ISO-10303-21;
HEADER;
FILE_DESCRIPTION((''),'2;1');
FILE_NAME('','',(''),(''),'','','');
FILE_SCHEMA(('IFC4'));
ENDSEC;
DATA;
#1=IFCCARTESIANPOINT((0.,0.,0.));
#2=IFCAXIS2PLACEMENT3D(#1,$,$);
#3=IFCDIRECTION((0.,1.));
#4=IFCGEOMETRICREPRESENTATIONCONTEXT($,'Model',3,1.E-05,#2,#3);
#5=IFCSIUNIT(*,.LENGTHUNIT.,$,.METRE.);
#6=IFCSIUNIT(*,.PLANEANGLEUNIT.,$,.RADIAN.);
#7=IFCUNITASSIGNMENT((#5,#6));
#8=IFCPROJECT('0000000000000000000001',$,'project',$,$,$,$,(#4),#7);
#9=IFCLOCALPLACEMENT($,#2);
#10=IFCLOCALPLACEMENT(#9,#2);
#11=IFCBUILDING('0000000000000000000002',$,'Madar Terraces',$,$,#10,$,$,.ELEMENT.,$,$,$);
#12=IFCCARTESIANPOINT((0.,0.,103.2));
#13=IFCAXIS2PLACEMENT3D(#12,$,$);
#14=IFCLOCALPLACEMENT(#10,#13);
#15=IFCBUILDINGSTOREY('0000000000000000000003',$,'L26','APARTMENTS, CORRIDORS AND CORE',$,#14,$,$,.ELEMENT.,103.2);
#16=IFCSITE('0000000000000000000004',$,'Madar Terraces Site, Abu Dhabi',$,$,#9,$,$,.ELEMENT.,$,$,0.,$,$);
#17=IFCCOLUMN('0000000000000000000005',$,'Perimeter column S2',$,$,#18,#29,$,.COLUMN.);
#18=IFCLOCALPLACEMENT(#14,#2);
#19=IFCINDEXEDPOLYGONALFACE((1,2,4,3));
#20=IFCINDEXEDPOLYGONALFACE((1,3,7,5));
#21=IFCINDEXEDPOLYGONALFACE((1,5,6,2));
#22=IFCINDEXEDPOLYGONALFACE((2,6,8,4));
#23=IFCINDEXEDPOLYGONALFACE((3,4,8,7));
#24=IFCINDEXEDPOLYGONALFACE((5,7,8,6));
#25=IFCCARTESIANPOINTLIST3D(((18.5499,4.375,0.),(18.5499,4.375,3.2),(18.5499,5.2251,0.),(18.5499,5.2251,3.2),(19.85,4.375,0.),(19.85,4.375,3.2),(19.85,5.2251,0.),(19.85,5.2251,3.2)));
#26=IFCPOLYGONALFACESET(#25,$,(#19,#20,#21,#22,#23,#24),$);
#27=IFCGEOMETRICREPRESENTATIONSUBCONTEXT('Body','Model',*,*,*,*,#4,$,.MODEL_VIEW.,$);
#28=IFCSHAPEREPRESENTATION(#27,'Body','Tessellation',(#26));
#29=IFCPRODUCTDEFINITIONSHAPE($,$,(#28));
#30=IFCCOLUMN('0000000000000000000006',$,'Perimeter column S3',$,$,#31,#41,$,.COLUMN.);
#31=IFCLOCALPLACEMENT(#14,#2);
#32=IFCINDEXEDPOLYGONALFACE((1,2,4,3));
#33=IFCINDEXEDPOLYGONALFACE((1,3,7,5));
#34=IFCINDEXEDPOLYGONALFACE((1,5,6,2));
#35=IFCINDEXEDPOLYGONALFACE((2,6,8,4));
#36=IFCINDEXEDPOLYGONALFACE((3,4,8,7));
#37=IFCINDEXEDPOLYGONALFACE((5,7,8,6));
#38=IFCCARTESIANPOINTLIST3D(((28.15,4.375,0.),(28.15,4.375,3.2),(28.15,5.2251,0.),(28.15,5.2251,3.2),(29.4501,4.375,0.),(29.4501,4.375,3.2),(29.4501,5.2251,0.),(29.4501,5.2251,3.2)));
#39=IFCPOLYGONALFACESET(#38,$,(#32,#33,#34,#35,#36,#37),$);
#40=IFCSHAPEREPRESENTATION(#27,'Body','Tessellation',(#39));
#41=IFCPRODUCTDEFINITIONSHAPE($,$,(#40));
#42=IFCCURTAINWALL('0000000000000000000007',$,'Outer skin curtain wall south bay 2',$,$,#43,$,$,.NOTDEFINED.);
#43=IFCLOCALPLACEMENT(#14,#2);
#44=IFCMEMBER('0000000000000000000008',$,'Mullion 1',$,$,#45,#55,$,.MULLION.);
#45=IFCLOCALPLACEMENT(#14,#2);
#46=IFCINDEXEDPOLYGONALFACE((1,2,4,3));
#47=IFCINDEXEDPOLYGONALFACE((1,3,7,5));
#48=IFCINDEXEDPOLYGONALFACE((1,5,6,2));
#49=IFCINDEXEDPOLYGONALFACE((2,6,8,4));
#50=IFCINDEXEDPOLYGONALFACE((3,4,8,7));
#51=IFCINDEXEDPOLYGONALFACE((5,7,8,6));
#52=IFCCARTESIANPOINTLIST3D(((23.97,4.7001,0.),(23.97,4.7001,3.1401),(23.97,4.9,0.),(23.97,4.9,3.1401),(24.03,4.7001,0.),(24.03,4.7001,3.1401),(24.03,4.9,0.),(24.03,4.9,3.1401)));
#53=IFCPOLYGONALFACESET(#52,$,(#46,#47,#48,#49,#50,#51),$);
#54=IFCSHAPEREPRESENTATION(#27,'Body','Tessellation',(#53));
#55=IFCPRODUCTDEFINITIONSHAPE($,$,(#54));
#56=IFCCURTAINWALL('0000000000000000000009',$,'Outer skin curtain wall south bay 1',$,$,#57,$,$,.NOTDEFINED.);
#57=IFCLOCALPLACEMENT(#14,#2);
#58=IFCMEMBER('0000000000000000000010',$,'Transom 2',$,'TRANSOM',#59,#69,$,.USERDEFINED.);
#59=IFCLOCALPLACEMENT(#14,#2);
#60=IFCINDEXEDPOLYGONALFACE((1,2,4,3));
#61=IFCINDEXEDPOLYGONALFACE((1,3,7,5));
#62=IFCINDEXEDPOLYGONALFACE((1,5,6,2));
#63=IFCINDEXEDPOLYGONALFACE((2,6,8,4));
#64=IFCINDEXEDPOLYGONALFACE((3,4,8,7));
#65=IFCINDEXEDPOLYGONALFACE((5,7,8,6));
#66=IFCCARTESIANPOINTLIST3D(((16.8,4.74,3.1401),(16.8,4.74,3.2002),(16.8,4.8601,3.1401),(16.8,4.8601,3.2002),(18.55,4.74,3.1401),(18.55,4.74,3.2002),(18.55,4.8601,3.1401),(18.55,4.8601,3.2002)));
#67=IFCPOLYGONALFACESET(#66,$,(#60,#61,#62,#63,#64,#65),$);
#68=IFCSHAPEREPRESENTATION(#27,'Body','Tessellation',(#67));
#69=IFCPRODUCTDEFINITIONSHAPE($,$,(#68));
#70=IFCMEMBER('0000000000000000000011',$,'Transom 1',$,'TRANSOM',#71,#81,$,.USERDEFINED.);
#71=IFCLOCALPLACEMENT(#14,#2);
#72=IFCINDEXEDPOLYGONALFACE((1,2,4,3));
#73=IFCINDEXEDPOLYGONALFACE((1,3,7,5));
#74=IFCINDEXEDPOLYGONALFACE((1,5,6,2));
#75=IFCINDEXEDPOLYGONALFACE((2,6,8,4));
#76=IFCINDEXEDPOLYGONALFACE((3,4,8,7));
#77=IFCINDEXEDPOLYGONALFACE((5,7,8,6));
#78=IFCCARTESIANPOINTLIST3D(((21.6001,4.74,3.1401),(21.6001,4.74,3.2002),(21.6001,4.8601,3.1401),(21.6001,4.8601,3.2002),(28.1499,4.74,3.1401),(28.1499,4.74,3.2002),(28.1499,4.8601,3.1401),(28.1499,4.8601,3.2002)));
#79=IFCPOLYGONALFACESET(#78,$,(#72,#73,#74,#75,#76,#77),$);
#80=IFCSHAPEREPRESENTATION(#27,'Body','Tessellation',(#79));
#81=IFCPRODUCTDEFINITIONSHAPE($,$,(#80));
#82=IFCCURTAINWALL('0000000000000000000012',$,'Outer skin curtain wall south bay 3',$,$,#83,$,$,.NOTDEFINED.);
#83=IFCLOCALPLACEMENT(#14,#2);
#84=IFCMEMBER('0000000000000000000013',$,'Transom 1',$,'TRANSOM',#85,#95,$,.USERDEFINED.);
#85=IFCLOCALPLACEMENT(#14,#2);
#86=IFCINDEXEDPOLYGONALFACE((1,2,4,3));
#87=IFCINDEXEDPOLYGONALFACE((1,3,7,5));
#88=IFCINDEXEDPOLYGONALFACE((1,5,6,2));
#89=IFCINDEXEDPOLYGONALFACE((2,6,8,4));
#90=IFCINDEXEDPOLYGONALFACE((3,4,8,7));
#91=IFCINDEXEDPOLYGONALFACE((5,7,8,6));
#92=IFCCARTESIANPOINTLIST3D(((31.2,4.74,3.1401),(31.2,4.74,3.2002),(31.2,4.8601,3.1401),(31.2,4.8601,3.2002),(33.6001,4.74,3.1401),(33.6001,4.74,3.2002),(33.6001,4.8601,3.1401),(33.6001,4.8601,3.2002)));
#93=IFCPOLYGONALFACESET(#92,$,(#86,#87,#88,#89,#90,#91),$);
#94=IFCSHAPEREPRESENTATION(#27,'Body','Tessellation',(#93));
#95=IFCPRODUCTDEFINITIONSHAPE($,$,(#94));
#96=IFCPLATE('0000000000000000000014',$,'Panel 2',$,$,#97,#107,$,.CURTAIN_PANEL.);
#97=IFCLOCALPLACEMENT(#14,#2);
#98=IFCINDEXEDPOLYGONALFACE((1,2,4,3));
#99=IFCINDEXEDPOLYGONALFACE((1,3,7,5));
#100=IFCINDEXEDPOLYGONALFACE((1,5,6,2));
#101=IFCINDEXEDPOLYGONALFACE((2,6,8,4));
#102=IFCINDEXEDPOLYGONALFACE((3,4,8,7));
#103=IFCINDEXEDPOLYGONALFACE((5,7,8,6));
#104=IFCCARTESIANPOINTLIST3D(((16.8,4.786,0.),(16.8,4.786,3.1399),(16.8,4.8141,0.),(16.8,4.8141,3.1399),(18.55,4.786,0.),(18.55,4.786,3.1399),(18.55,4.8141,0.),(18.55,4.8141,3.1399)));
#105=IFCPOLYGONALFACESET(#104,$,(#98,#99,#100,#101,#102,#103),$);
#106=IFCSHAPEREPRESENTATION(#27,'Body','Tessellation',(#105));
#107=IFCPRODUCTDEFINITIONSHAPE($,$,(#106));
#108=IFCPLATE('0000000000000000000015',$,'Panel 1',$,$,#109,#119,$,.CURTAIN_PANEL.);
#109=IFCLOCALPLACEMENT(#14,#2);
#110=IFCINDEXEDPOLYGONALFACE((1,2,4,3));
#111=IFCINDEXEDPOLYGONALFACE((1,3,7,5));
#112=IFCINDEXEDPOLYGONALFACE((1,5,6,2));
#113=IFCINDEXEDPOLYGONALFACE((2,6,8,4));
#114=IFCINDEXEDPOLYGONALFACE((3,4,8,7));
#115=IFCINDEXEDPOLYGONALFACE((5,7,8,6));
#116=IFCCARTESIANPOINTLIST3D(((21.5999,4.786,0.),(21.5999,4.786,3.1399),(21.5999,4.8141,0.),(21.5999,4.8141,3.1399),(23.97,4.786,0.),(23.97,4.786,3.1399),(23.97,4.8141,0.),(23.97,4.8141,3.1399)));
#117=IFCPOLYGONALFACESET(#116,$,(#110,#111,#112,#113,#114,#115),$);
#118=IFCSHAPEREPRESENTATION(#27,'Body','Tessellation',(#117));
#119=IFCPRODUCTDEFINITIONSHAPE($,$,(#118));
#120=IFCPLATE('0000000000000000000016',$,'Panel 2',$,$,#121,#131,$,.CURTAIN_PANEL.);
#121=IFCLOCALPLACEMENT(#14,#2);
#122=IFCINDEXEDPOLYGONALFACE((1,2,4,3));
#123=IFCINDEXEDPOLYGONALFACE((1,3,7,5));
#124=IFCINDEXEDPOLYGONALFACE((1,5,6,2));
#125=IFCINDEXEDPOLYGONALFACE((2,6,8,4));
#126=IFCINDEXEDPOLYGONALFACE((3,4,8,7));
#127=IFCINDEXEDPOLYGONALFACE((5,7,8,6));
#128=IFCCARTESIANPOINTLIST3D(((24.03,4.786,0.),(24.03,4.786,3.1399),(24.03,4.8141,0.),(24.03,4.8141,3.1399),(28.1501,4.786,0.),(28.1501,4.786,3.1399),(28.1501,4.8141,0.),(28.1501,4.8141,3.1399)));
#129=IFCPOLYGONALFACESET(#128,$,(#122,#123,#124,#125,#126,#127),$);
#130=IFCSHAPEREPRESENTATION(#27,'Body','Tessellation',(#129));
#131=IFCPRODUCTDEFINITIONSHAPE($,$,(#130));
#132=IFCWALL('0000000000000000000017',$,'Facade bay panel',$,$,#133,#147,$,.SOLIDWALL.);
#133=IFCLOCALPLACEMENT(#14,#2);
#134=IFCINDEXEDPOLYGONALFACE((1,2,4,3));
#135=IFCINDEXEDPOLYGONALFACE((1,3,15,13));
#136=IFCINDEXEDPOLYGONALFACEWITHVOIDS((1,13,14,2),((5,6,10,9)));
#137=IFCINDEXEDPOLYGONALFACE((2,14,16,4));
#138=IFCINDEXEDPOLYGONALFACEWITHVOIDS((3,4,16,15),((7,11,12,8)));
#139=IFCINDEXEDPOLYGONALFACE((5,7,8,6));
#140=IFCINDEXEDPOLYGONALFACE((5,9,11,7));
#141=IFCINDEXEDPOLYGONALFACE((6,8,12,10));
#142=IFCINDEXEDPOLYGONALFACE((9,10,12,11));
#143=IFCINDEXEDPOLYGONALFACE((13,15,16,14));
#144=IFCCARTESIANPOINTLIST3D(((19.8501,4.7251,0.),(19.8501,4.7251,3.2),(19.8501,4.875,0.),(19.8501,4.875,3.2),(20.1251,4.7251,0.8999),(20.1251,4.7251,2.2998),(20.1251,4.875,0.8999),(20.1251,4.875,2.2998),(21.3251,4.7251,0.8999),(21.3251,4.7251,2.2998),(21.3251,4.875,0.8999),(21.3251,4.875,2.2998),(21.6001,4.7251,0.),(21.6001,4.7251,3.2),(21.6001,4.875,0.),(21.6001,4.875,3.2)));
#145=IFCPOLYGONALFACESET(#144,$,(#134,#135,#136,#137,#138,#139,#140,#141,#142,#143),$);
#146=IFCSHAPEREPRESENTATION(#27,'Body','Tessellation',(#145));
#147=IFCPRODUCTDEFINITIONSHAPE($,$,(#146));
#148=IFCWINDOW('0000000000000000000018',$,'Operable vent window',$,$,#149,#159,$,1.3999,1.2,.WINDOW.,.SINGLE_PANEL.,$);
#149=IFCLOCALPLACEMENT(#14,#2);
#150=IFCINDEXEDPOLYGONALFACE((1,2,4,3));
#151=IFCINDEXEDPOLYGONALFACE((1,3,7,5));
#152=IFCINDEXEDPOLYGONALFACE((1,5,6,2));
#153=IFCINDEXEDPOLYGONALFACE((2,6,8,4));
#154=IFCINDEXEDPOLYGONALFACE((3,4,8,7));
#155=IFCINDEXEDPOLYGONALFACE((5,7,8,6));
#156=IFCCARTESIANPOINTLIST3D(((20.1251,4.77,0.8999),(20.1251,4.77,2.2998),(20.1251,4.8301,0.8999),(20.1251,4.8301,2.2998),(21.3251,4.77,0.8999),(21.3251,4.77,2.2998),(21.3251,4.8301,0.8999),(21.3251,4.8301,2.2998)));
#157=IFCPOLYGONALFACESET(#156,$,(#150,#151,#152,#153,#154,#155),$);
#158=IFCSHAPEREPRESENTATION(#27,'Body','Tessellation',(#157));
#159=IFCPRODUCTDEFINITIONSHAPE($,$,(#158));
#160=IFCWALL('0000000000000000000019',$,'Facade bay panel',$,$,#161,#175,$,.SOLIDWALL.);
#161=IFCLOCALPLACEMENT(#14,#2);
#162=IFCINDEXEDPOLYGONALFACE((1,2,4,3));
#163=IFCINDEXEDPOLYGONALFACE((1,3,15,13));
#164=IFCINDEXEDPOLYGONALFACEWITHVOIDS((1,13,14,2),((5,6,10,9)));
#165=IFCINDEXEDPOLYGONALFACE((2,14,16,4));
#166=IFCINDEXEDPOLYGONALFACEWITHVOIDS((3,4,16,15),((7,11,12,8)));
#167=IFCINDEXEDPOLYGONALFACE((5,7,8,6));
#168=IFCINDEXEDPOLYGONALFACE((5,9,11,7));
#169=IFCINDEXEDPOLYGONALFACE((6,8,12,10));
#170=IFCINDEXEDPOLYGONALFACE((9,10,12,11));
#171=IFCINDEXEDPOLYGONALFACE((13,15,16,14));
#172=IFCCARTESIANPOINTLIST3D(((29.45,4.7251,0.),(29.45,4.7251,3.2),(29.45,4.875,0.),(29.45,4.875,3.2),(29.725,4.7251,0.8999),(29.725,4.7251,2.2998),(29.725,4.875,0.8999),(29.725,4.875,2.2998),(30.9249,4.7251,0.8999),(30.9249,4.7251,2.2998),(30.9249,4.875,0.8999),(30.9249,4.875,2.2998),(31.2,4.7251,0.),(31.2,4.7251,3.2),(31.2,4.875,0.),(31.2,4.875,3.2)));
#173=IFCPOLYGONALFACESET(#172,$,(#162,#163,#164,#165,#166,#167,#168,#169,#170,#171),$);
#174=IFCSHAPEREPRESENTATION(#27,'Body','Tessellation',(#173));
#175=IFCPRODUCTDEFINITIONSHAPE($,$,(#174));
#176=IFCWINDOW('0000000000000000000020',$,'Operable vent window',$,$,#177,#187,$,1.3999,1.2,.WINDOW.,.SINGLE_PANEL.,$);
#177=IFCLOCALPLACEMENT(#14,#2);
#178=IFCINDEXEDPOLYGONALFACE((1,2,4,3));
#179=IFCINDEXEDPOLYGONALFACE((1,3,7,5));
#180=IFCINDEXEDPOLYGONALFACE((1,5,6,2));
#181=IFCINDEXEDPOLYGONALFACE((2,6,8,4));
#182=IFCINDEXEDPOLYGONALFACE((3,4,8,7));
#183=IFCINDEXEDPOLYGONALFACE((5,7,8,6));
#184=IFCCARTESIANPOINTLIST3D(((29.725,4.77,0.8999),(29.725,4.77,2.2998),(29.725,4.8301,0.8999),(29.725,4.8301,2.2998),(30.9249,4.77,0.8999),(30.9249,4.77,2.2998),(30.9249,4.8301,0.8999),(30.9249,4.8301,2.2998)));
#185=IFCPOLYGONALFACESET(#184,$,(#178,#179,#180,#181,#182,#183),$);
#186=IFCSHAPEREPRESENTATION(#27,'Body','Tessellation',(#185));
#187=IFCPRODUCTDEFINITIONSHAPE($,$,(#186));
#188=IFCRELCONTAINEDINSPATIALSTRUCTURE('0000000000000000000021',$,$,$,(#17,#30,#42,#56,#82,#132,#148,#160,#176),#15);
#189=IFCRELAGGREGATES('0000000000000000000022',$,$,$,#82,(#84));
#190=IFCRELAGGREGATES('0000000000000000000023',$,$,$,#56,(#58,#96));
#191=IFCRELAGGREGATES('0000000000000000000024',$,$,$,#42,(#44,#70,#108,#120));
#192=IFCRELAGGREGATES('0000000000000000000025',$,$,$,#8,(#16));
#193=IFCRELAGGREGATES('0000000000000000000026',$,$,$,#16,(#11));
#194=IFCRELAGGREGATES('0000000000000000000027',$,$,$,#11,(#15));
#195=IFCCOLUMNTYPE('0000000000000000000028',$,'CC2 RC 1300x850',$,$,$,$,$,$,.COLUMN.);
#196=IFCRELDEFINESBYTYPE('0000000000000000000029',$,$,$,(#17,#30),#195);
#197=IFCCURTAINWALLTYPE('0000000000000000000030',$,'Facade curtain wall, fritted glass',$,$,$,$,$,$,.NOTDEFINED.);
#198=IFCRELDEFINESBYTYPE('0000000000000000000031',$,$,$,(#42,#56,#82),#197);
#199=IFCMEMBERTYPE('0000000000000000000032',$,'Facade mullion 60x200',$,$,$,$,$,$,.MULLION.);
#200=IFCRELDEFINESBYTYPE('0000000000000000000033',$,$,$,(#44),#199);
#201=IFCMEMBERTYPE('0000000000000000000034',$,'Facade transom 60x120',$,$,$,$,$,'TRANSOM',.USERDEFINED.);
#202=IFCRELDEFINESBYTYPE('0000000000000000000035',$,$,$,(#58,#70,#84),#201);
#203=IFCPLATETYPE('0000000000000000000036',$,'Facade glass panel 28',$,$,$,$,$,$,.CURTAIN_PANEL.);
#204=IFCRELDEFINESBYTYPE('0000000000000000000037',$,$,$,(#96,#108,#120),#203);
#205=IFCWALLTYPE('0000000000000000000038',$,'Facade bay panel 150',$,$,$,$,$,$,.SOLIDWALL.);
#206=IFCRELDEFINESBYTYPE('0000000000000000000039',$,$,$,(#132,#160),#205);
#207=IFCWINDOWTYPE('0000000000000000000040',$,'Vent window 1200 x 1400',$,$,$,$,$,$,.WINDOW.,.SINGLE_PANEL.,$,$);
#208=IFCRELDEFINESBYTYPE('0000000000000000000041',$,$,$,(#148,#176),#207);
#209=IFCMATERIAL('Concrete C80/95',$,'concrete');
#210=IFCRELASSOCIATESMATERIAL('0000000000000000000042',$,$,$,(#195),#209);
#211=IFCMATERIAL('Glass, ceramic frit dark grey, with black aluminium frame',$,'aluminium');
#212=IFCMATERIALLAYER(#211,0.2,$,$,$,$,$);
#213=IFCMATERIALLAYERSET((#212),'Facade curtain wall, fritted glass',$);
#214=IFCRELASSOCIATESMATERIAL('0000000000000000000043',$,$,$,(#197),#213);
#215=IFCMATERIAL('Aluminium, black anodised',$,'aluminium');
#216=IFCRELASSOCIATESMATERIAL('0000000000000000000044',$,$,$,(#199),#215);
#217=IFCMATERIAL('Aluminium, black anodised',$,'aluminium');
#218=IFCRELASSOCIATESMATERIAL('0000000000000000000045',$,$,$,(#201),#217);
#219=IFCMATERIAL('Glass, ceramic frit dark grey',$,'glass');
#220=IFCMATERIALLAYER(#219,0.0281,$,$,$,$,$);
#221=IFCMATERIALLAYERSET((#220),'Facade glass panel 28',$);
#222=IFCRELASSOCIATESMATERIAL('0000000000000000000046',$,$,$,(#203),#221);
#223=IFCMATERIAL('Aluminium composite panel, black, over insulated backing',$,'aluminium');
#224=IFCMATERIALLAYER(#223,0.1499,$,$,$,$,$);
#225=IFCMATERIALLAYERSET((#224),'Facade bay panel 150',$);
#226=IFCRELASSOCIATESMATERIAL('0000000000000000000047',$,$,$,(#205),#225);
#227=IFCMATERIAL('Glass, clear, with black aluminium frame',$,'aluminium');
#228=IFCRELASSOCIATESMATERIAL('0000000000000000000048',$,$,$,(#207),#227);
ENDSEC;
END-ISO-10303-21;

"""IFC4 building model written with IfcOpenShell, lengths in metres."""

from ifc_helpers import new_model, si_unit, direction, frame, frame_2d, origin, origin_2d, place, context, subcontext, project, spatial, rectangle, extrude, material, layer, layer_set, material_profile, profile_set, type_object, element, fill, aggregate, save


model = new_model("IFC4")

# Units and contexts
model_context = context("Model", 3, precision=1e-05, world=origin(), true_north=direction((0.0, 1.0)))
body_context = subcontext(model_context, "Body", "Model", "MODEL_VIEW")
ifc_project = project(units=[si_unit("LENGTHUNIT", "METRE"), si_unit("PLANEANGLEUNIT", "RADIAN")], contexts=[model_context])

# Site, building, storey
site_placement = place(None, origin())
site = spatial("IfcSite", under=ifc_project, at=site_placement, Name="Madar Terraces Site, Abu Dhabi", CompositionType="ELEMENT", RefElevation=0.0)
building_placement = place(site_placement, origin())
building = spatial("IfcBuilding", under=site, at=building_placement, Name="Madar Terraces", CompositionType="ELEMENT")
storey_placement = place(building_placement, frame((0.0, 0.0, 103.2)))
storey = spatial("IfcBuildingStorey", under=building, at=storey_placement, Name="L26", Description="APARTMENTS, CORRIDORS AND CORE", CompositionType="ELEMENT", Elevation=103.2)

# Columns
ifc_material_1 = material(Name="Concrete C80/95", Category="concrete")
ifc_material_profile_1 = material_profile(ifc_material_1, rectangle(XDim=1.3, YDim=0.8501, at=origin_2d()), Name="CC2 RC 1300x850")
ifc_profile_set_1 = profile_set([ifc_material_profile_1], Name="Concrete C80/95")
column_type = type_object("IfcColumnType", Name="CC2 RC 1300x850", PredefinedType="COLUMN", material=ifc_profile_set_1)
for number, where, z_axis, x_axis, name in (
    (1, (19.2, 4.8, 0.0), (0.0, 0.0, 1.0), (1.0, 0.0, 0.0), "Perimeter column S2"),
    (2, (28.8, 4.8, 0.0), (0.0, 0.0, 1.0), (1.0, 0.0, 0.0), "Perimeter column S3"),
):
    element("IfcColumn", number, at=place(storey_placement, frame(where, z_axis=z_axis, x_axis=x_axis)), inside=storey, type_object=column_type, Name=name, PredefinedType="COLUMN", context=body_context, shape_type="SweptSolid", body=[
        extrude(rectangle(XDim=1.3, YDim=0.8501, at=origin_2d()), origin(), (0.0, 0.0, 1.0), 3.2),
    ])

# Curtain walls, members
ifc_material_2 = material(Name="Glass, ceramic frit dark grey, with black aluminium frame", Category="aluminium")
ifc_layer_1 = layer(ifc_material_2, 0.2)
ifc_layer_set_1 = layer_set([ifc_layer_1], Name="Facade curtain wall, fritted glass")
curtain_wall_type = type_object("IfcCurtainWallType", Name="Facade curtain wall, fritted glass", PredefinedType="NOTDEFINED", material=ifc_layer_set_1)
curtain_wall_1_placement = place(storey_placement, origin())
curtain_wall_1 = element("IfcCurtainWall", 3, at=curtain_wall_1_placement, inside=storey, type_object=curtain_wall_type, Name="Outer skin curtain wall south bay 2", PredefinedType="NOTDEFINED")
ifc_material_3 = material(Name="Aluminium, black anodised", Category="aluminium")
ifc_material_profile_2 = material_profile(ifc_material_3, rectangle(XDim=0.2, YDim=0.0601, at=origin_2d()), Name="Facade mullion 60x200")
ifc_profile_set_2 = profile_set([ifc_material_profile_2], Name="Aluminium, black anodised")
member_type_1 = type_object("IfcMemberType", Name="Facade mullion 60x200", PredefinedType="MULLION", material=ifc_profile_set_2)
member_1_placement = place(storey_placement, frame((24.0, 4.8, 0.0), z_axis=(0.0, 0.0, 1.0), x_axis=(0.0, 1.0, 0.0)))
member_1 = element("IfcMember", 4, at=member_1_placement, type_object=member_type_1, Name="Mullion 1", PredefinedType="MULLION", context=body_context, shape_type="SweptSolid", body=[
    extrude(rectangle(XDim=0.2, YDim=0.0601, at=origin_2d()), origin(), (0.0, 0.0, 1.0), 3.1401),
])
curtain_wall_2_placement = place(storey_placement, origin())
curtain_wall_2 = element("IfcCurtainWall", 5, at=curtain_wall_2_placement, inside=storey, type_object=curtain_wall_type, Name="Outer skin curtain wall south bay 1", PredefinedType="NOTDEFINED")
ifc_material_4 = material(Name="Aluminium, black anodised", Category="aluminium")
ifc_material_profile_3 = material_profile(ifc_material_4, rectangle(XDim=0.1201, YDim=0.0601, at=origin_2d()), Name="Facade transom 60x120")
ifc_profile_set_3 = profile_set([ifc_material_profile_3], Name="Aluminium, black anodised")
member_type_2 = type_object("IfcMemberType", Name="Facade transom 60x120", ElementType="TRANSOM", PredefinedType="USERDEFINED", material=ifc_profile_set_3)
member_2_placement = place(storey_placement, frame((16.8, 4.8, 3.1702), z_axis=(1.0, 0.0, 0.0), x_axis=(0.0, 1.0, 0.0)))
member_2 = element("IfcMember", 6, at=member_2_placement, type_object=member_type_2, Name="Transom 2", ObjectType="TRANSOM", PredefinedType="USERDEFINED", context=body_context, shape_type="SweptSolid", body=[
    extrude(rectangle(XDim=0.1201, YDim=0.0601, at=origin_2d()), origin(), (0.0, 0.0, 1.0), 1.75),
])

# Member
member_3_placement = place(storey_placement, frame((21.6001, 4.8, 3.1702), z_axis=(1.0, 0.0, 0.0), x_axis=(0.0, 1.0, 0.0)))
member_3 = element("IfcMember", 7, at=member_3_placement, type_object=member_type_2, Name="Transom 1", ObjectType="TRANSOM", PredefinedType="USERDEFINED", context=body_context, shape_type="SweptSolid", body=[
    extrude(rectangle(XDim=0.1201, YDim=0.0601, at=origin_2d()), origin(), (0.0, 0.0, 1.0), 6.5498),
])

# Curtain wall, member
curtain_wall_3_placement = place(storey_placement, origin())
curtain_wall_3 = element("IfcCurtainWall", 8, at=curtain_wall_3_placement, inside=storey, type_object=curtain_wall_type, Name="Outer skin curtain wall south bay 3", PredefinedType="NOTDEFINED")
member_4_placement = place(storey_placement, frame((31.2, 4.8, 3.1702), z_axis=(1.0, 0.0, 0.0), x_axis=(0.0, 1.0, 0.0)))
member_4 = element("IfcMember", 9, at=member_4_placement, type_object=member_type_2, Name="Transom 1", ObjectType="TRANSOM", PredefinedType="USERDEFINED", context=body_context, shape_type="SweptSolid", body=[
    extrude(rectangle(XDim=0.1201, YDim=0.0601, at=origin_2d()), origin(), (0.0, 0.0, 1.0), 2.4001),
])
aggregate(curtain_wall_3, [member_4])

# Plates
ifc_material_5 = material(Name="Glass, ceramic frit dark grey", Category="glass")
ifc_layer_2 = layer(ifc_material_5, 0.0281)
ifc_layer_set_2 = layer_set([ifc_layer_2], Name="Facade glass panel 28")
plate_type = type_object("IfcPlateType", Name="Facade glass panel 28", PredefinedType="CURTAIN_PANEL", material=ifc_layer_set_2)
plate_1_placement = place(storey_placement, frame((17.675, 4.8, 0.0), z_axis=(0.0, 0.0, 1.0), x_axis=(1.0, 0.0, 0.0)))
plate_1 = element("IfcPlate", 10, at=plate_1_placement, type_object=plate_type, Name="Panel 2", PredefinedType="CURTAIN_PANEL", context=body_context, shape_type="SweptSolid", body=[
    extrude(rectangle(XDim=1.75, YDim=0.0281, at=origin_2d()), origin(), (0.0, 0.0, 1.0), 3.1399),
])
aggregate(curtain_wall_2, [member_2, plate_1])
plate_2_placement = place(storey_placement, frame((22.7849, 4.8, 0.0), z_axis=(0.0, 0.0, 1.0), x_axis=(1.0, 0.0, 0.0)))
plate_2 = element("IfcPlate", 11, at=plate_2_placement, type_object=plate_type, Name="Panel 1", PredefinedType="CURTAIN_PANEL", context=body_context, shape_type="SweptSolid", body=[
    extrude(rectangle(XDim=2.3701, YDim=0.0281, at=origin_2d()), origin(), (0.0, 0.0, 1.0), 3.1399),
])
plate_3_placement = place(storey_placement, frame((26.0901, 4.8, 0.0), z_axis=(0.0, 0.0, 1.0), x_axis=(1.0, 0.0, 0.0)))
plate_3 = element("IfcPlate", 12, at=plate_3_placement, type_object=plate_type, Name="Panel 2", PredefinedType="CURTAIN_PANEL", context=body_context, shape_type="SweptSolid", body=[
    extrude(rectangle(XDim=4.1201, YDim=0.0281, at=origin_2d()), origin(), (0.0, 0.0, 1.0), 3.1399),
])
aggregate(curtain_wall_1, [member_1, member_3, plate_2, plate_3])

# Shared definitions
ifc_material_6 = material(Name="Aluminium composite panel, black, over insulated backing", Category="aluminium")
ifc_layer_3 = layer(ifc_material_6, 0.1499)
ifc_layer_set_3 = layer_set([ifc_layer_3], Name="Facade bay panel 150")
wall_type_1 = type_object("IfcWallType", Name="Facade bay panel 150", PredefinedType="SOLIDWALL", material=ifc_layer_set_3)

# Walls, openings, windows
wall_1_placement = place(storey_placement, frame((19.8501, 4.8, 0.0), z_axis=(0.0, 0.0, 1.0), x_axis=(1.0, 0.0, 0.0)))
wall_1 = element("IfcWall", 13, at=wall_1_placement, inside=storey, type_object=wall_type_1, Name="Facade bay panel", PredefinedType="SOLIDWALL", context=body_context, shape_type="SweptSolid", body=[
    extrude(rectangle(XDim=1.75, YDim=0.1499, at=frame_2d((0.875, 0.0))), origin(), (0.0, 0.0, 1.0), 3.2),
])
opening_1_placement = place(wall_1_placement, frame((0.2749, 0.0, 0.8999)))
opening_1 = element("IfcOpeningElement", 14, at=opening_1_placement, cuts=wall_1, PredefinedType="OPENING", context=body_context, shape_type="SweptSolid", body=[
    extrude(rectangle(XDim=1.2, YDim=1.3999, at=frame_2d((0.6001, 0.7))), frame((0.0, 0.085, 0.0), z_axis=(0.0, -1.0, 0.0), x_axis=(1.0, 0.0, 0.0)), (0.0, 0.0, 1.0), 0.1699),
])
ifc_material_7 = material(Name="Glass, clear, with black aluminium frame", Category="aluminium")
window_type = type_object("IfcWindowType", Name="Vent window 1200 x 1400", PartitioningType="SINGLE_PANEL", PredefinedType="WINDOW", material=ifc_material_7)
window_1_placement = place(opening_1_placement, origin())
window_1 = element("IfcWindow", 15, at=window_1_placement, inside=storey, type_object=window_type, Name="Operable vent window", OverallHeight=1.3999, OverallWidth=1.2, PartitioningType="SINGLE_PANEL", PredefinedType="WINDOW", context=body_context, shape_type="SweptSolid", body=[
    extrude(rectangle(XDim=1.2, YDim=1.3999, at=frame_2d((0.6001, 0.7))), frame((0.0, 0.03, 0.0), z_axis=(0.0, -1.0, 0.0), x_axis=(1.0, 0.0, 0.0)), (0.0, 0.0, 1.0), 0.0601),
])
fill(opening_1, window_1)
wall_2_placement = place(storey_placement, frame((29.45, 4.8, 0.0), z_axis=(0.0, 0.0, 1.0), x_axis=(1.0, 0.0, 0.0)))
wall_2 = element("IfcWall", 16, at=wall_2_placement, inside=storey, type_object=wall_type_1, Name="Facade bay panel", PredefinedType="SOLIDWALL", context=body_context, shape_type="SweptSolid", body=[
    extrude(rectangle(XDim=1.75, YDim=0.1499, at=frame_2d((0.875, 0.0))), origin(), (0.0, 0.0, 1.0), 3.2),
])
opening_2_placement = place(wall_2_placement, frame((0.2749, 0.0, 0.8999)))
opening_2 = element("IfcOpeningElement", 17, at=opening_2_placement, cuts=wall_2, PredefinedType="OPENING", context=body_context, shape_type="SweptSolid", body=[
    extrude(rectangle(XDim=1.2, YDim=1.3999, at=frame_2d((0.6001, 0.7))), frame((0.0, 0.085, 0.0), z_axis=(0.0, -1.0, 0.0), x_axis=(1.0, 0.0, 0.0)), (0.0, 0.0, 1.0), 0.1699),
])
window_2_placement = place(opening_2_placement, origin())
window_2 = element("IfcWindow", 18, at=window_2_placement, inside=storey, type_object=window_type, Name="Operable vent window", OverallHeight=1.3999, OverallWidth=1.2, PartitioningType="SINGLE_PANEL", PredefinedType="WINDOW", context=body_context, shape_type="SweptSolid", body=[
    extrude(rectangle(XDim=1.2, YDim=1.3999, at=frame_2d((0.6001, 0.7))), frame((0.0, 0.03, 0.0), z_axis=(0.0, -1.0, 0.0), x_axis=(1.0, 0.0, 0.0)), (0.0, 0.0, 1.0), 0.0601),
])
fill(opening_2, window_2)

save(model, "model.ifc")
